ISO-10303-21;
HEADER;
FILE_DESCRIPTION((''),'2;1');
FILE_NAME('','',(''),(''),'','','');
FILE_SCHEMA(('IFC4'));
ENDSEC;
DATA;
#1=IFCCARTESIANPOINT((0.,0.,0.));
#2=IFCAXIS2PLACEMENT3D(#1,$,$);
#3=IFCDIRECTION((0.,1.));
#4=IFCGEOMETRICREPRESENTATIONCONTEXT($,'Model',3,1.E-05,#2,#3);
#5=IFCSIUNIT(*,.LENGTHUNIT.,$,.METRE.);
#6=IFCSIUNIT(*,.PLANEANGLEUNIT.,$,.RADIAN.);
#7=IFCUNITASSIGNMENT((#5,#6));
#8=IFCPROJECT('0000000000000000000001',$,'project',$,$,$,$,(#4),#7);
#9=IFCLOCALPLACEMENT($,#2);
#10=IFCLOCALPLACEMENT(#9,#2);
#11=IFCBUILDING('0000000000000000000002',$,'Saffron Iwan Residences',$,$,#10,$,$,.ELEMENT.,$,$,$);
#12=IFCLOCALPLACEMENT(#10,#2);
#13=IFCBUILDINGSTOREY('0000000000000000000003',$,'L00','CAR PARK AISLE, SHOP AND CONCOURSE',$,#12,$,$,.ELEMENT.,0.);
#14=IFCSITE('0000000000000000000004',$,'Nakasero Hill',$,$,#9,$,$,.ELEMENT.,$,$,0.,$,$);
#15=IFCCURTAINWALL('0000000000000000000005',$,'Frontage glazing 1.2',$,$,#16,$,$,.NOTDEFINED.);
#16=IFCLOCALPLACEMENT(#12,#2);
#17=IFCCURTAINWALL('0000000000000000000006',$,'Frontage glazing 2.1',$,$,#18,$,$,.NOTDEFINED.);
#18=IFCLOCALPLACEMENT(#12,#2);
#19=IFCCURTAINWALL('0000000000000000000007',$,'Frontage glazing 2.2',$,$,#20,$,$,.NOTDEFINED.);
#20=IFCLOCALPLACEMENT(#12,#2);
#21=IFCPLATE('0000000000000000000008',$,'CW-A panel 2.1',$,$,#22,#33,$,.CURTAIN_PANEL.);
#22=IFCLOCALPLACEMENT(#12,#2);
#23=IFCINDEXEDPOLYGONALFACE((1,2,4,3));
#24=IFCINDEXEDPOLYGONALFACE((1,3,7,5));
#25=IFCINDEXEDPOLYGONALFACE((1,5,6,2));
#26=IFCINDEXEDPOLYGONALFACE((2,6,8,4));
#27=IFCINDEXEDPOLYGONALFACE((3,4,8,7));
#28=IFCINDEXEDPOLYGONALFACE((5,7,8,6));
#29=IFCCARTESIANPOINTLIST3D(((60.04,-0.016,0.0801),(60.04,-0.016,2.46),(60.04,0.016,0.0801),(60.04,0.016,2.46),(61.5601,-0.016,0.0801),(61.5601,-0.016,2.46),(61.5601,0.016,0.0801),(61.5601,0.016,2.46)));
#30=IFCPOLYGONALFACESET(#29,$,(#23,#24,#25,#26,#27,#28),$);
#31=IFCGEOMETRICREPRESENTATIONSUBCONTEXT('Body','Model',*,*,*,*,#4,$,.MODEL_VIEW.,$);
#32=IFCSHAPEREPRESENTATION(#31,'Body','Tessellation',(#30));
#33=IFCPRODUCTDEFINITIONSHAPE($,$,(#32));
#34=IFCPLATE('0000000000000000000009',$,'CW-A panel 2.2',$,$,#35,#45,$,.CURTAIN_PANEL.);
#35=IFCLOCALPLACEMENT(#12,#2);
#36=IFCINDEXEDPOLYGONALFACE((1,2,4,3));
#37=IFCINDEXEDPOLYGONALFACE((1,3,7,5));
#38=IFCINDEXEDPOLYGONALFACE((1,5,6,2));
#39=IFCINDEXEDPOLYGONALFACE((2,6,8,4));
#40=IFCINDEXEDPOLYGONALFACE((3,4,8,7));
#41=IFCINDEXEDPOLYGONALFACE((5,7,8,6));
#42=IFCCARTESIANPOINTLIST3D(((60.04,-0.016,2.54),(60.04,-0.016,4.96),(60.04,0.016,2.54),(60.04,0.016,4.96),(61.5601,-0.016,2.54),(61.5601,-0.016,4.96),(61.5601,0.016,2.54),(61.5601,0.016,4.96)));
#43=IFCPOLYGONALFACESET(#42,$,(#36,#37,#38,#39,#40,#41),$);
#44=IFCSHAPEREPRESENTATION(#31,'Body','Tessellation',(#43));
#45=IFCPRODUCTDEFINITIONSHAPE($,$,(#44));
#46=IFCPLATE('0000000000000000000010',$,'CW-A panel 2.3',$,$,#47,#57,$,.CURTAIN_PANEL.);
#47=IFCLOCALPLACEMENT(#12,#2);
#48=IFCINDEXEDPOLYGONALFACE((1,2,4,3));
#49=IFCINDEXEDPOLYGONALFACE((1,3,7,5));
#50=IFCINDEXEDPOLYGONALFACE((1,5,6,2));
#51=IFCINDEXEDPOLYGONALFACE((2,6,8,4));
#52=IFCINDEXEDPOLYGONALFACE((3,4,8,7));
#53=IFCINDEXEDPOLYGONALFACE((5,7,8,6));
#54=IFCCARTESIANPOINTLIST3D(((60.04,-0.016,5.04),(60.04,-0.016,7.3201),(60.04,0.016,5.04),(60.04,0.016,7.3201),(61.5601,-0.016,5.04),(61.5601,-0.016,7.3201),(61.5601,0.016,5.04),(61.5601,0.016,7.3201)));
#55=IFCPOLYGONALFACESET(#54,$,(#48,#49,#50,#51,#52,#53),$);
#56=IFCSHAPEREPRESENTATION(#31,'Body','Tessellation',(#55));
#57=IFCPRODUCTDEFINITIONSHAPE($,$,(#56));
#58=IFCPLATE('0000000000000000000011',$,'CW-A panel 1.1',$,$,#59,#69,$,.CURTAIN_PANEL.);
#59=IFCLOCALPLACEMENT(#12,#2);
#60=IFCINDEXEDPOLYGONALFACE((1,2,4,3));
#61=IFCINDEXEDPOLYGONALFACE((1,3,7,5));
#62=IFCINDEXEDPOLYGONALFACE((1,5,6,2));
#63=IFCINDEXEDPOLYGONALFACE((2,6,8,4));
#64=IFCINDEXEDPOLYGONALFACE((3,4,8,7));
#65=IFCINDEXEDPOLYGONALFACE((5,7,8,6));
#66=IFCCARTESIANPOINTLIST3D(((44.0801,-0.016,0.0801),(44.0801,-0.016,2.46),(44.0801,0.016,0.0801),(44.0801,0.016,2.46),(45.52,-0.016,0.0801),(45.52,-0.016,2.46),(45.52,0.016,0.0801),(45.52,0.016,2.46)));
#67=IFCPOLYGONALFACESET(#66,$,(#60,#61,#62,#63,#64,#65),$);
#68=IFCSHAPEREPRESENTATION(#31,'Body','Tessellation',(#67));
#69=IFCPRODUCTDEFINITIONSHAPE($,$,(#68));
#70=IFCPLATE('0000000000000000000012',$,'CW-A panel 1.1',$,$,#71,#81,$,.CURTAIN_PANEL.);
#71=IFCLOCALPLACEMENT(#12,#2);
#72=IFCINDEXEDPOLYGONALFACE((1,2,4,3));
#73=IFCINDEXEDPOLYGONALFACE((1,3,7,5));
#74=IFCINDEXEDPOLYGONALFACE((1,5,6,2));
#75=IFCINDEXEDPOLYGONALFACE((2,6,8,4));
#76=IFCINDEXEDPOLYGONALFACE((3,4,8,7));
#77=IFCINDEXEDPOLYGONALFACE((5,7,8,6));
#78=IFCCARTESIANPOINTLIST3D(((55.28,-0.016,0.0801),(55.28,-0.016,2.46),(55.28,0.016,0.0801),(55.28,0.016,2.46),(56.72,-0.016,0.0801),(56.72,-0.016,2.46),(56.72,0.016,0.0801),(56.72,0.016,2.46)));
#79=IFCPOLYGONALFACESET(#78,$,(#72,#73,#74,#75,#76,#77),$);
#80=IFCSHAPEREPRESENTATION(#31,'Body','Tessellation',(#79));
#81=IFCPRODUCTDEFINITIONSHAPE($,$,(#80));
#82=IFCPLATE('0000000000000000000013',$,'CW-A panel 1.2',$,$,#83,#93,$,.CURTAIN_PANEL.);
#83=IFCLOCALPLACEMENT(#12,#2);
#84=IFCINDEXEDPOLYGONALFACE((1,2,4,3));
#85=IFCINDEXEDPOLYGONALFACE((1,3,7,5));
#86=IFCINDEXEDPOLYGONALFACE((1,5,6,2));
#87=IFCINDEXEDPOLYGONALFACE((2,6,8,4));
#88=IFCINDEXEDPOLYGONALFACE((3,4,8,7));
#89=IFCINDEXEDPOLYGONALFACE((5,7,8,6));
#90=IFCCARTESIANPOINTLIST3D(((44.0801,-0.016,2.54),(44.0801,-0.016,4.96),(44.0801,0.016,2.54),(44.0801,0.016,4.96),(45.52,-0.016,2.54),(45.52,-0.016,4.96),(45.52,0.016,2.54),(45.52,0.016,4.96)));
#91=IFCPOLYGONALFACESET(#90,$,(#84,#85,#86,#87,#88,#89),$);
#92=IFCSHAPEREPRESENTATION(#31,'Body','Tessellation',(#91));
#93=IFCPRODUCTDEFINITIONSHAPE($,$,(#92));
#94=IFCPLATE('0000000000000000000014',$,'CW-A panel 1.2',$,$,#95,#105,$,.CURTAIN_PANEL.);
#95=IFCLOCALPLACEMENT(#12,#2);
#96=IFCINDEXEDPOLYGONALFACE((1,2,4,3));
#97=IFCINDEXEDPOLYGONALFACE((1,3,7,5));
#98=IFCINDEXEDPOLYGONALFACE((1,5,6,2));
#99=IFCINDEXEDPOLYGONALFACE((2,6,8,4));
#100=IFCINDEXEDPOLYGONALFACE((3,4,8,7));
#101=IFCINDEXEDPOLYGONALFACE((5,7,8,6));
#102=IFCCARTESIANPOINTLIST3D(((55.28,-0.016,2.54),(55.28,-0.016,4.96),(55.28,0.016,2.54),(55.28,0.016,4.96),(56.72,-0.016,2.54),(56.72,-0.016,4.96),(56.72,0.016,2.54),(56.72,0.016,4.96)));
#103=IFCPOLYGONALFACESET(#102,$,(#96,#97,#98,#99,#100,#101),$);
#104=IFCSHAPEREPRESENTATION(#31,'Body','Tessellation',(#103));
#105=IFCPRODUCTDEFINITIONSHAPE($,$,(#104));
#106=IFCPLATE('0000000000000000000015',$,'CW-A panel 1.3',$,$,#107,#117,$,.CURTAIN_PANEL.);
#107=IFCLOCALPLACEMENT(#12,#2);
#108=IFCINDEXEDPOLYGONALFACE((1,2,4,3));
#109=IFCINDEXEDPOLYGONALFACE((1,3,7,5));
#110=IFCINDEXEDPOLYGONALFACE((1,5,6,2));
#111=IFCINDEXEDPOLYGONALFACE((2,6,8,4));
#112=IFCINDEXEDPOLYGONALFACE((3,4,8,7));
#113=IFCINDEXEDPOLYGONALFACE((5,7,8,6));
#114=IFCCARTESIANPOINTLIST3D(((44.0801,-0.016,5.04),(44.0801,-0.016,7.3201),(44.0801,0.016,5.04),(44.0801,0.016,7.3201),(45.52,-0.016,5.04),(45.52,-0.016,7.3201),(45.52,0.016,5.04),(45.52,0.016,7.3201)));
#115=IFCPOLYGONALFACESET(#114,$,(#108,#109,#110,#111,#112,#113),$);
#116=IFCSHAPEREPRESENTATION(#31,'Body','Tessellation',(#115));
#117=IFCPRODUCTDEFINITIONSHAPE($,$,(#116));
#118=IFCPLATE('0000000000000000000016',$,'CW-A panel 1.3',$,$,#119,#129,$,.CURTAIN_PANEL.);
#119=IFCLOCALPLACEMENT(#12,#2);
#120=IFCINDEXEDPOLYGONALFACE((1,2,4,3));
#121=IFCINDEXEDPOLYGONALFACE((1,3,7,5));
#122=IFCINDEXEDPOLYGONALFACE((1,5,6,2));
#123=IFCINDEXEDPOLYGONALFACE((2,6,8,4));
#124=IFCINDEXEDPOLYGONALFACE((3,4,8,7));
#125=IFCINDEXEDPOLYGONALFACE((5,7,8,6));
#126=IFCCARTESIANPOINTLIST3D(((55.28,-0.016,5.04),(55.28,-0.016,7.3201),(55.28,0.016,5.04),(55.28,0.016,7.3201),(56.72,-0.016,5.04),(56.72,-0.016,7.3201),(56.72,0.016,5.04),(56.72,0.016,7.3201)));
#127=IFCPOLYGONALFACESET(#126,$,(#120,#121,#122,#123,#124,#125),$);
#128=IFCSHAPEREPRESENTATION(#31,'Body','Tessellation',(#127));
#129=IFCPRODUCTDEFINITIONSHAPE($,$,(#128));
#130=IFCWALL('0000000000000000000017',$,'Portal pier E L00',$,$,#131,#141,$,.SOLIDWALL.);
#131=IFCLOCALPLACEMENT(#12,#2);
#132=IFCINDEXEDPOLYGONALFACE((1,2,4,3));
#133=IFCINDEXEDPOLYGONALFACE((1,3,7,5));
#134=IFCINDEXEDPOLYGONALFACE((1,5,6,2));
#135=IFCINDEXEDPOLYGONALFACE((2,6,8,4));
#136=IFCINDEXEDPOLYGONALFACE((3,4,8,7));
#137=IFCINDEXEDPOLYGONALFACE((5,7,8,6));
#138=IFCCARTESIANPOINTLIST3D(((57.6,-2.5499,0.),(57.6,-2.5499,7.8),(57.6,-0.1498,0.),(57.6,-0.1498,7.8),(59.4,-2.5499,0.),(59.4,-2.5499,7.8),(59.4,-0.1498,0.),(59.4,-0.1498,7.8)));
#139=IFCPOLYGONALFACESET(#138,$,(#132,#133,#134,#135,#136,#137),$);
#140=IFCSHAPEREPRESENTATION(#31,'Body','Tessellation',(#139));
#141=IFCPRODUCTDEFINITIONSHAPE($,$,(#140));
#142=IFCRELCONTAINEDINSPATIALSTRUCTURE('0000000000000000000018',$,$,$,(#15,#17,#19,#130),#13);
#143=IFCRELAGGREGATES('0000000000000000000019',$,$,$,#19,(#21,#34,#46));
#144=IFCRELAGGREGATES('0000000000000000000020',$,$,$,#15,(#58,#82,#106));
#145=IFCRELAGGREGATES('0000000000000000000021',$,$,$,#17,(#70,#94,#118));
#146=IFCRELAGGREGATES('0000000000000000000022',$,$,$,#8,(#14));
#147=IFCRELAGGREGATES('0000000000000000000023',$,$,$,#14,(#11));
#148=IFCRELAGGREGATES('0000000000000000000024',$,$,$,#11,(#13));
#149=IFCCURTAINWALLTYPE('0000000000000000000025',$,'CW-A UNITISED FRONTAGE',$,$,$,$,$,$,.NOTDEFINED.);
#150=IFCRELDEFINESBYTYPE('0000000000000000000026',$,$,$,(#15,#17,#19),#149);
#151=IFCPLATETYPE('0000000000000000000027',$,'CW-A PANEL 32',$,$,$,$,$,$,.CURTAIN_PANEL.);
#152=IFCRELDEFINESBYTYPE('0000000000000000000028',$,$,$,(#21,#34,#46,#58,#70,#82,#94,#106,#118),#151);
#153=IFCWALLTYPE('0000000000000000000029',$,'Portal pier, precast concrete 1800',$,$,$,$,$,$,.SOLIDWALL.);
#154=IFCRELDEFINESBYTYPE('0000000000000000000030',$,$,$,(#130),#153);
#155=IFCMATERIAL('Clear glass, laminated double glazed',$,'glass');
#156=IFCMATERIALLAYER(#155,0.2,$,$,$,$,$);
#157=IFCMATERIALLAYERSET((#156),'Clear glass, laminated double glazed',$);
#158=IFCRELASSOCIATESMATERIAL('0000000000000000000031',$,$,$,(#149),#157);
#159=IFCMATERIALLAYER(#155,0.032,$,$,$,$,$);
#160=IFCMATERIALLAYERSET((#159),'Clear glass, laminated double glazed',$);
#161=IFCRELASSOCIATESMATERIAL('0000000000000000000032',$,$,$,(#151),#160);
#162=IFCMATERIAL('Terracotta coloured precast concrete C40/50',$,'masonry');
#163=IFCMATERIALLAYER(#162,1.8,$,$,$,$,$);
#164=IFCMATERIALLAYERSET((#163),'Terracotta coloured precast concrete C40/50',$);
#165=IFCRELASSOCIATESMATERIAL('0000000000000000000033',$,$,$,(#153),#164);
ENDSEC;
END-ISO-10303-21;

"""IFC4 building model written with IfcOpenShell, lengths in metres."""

from ifc_helpers import new_model, si_unit, direction, frame, frame_2d, origin, origin_2d, place, context, subcontext, project, spatial, rectangle, extrude, source, transform, mapped, material, layer, layer_set, type_object, element, aggregate, save


model = new_model("IFC4")

# Units and contexts
model_context = context("Model", 3, precision=1e-05, world=origin(), true_north=direction((0.0, 1.0)))
body_context = subcontext(model_context, "Body", "Model", "MODEL_VIEW")
ifc_project = project(units=[si_unit("LENGTHUNIT", "METRE"), si_unit("PLANEANGLEUNIT", "RADIAN")], contexts=[model_context])

# Site, building, storey
site_placement = place(None, origin())
site = spatial("IfcSite", under=ifc_project, at=site_placement, Name="Nakasero Hill", CompositionType="ELEMENT", RefElevation=0.0)
building_placement = place(site_placement, origin())
building = spatial("IfcBuilding", under=site, at=building_placement, Name="Saffron Iwan Residences", CompositionType="ELEMENT")
storey_placement = place(building_placement, origin())
storey = spatial("IfcBuildingStorey", under=building, at=storey_placement, Name="L00", Description="CAR PARK AISLE, SHOP AND CONCOURSE", CompositionType="ELEMENT", Elevation=0.0)

# Curtain wall
ifc_material_1 = material(Name="Clear glass, laminated double glazed", Category="glass")
ifc_layer_1 = layer(ifc_material_1, 0.2)
ifc_layer_set_1 = layer_set([ifc_layer_1], Name="Clear glass, laminated double glazed")
curtain_wall_type = type_object("IfcCurtainWallType", Name="CW-A UNITISED FRONTAGE", PredefinedType="NOTDEFINED", material=ifc_layer_set_1)
curtain_wall_1_placement = place(storey_placement, origin())
curtain_wall_1 = element("IfcCurtainWall", 1, at=curtain_wall_1_placement, inside=storey, type_object=curtain_wall_type, Name="Frontage glazing 1.2", PredefinedType="NOTDEFINED")

# Curtain walls
curtain_wall_2_placement = place(storey_placement, origin())
curtain_wall_2 = element("IfcCurtainWall", 2, at=curtain_wall_2_placement, inside=storey, type_object=curtain_wall_type, Name="Frontage glazing 2.1", PredefinedType="NOTDEFINED")
curtain_wall_3_placement = place(storey_placement, origin())
curtain_wall_3 = element("IfcCurtainWall", 3, at=curtain_wall_3_placement, inside=storey, type_object=curtain_wall_type, Name="Frontage glazing 2.2", PredefinedType="NOTDEFINED")

# Plates
ifc_layer_2 = layer(ifc_material_1, 0.032)
ifc_layer_set_2 = layer_set([ifc_layer_2], Name="Clear glass, laminated double glazed")
plate_type = type_object("IfcPlateType", Name="CW-A PANEL 32", PredefinedType="CURTAIN_PANEL", material=ifc_layer_set_2)
shared_shape_1 = source(origin(), body_context, "Body", "SweptSolid", [
    extrude(rectangle(XDim=1.52, YDim=0.032, at=origin_2d()), origin(), (0.0, 0.0, 1.0), 2.3799),
])
plate_1_placement = place(storey_placement, frame((60.8, 0.0, 0.0801), z_axis=(0.0, 0.0, 1.0), x_axis=(1.0, 0.0, 0.0)))
plate_1 = element("IfcPlate", 4, at=plate_1_placement, type_object=plate_type, Name="CW-A panel 2.1", PredefinedType="CURTAIN_PANEL", context=body_context, shape_type="MappedRepresentation", body=[
    mapped(shared_shape_1, transform((0.0, 0.0, 0.0))),
])
shared_shape_2 = source(origin(), body_context, "Body", "SweptSolid", [
    extrude(rectangle(XDim=1.52, YDim=0.032, at=origin_2d()), origin(), (0.0, 0.0, 1.0), 2.4199),
])
plate_2_placement = place(storey_placement, frame((60.8, 0.0, 2.54), z_axis=(0.0, 0.0, 1.0), x_axis=(1.0, 0.0, 0.0)))
plate_2 = element("IfcPlate", 5, at=plate_2_placement, type_object=plate_type, Name="CW-A panel 2.2", PredefinedType="CURTAIN_PANEL", context=body_context, shape_type="MappedRepresentation", body=[
    mapped(shared_shape_2, transform((0.0, 0.0, 0.0))),
])
shared_shape_3 = source(origin(), body_context, "Body", "SweptSolid", [
    extrude(rectangle(XDim=1.52, YDim=0.032, at=origin_2d()), origin(), (0.0, 0.0, 1.0), 2.28),
])
plate_3_placement = place(storey_placement, frame((60.8, 0.0, 5.04), z_axis=(0.0, 0.0, 1.0), x_axis=(1.0, 0.0, 0.0)))
plate_3 = element("IfcPlate", 6, at=plate_3_placement, type_object=plate_type, Name="CW-A panel 2.3", PredefinedType="CURTAIN_PANEL", context=body_context, shape_type="MappedRepresentation", body=[
    mapped(shared_shape_3, transform((0.0, 0.0, 0.0))),
])
aggregate(curtain_wall_3, [plate_1, plate_2, plate_3])
shared_shape_4 = source(origin(), body_context, "Body", "SweptSolid", [
    extrude(rectangle(XDim=1.4399, YDim=0.032, at=origin_2d()), origin(), (0.0, 0.0, 1.0), 2.3799),
])
plate_4_placement = place(storey_placement, frame((44.8, 0.0, 0.0801), z_axis=(0.0, 0.0, 1.0), x_axis=(1.0, 0.0, 0.0)))
plate_4 = element("IfcPlate", 7, at=plate_4_placement, type_object=plate_type, Name="CW-A panel 1.1", PredefinedType="CURTAIN_PANEL", context=body_context, shape_type="MappedRepresentation", body=[
    mapped(shared_shape_4, transform((0.0, 0.0, 0.0))),
])
plate_5_placement = place(storey_placement, frame((56.0, 0.0, 0.0801), z_axis=(0.0, 0.0, 1.0), x_axis=(1.0, 0.0, 0.0)))
plate_5 = element("IfcPlate", 8, at=plate_5_placement, type_object=plate_type, Name="CW-A panel 1.1", PredefinedType="CURTAIN_PANEL", context=body_context, shape_type="MappedRepresentation", body=[
    mapped(shared_shape_4, transform((0.0, 0.0, 0.0))),
])
shared_shape_5 = source(origin(), body_context, "Body", "SweptSolid", [
    extrude(rectangle(XDim=1.4399, YDim=0.032, at=origin_2d()), origin(), (0.0, 0.0, 1.0), 2.4199),
])
plate_6_placement = place(storey_placement, frame((44.8, 0.0, 2.54), z_axis=(0.0, 0.0, 1.0), x_axis=(1.0, 0.0, 0.0)))
plate_6 = element("IfcPlate", 9, at=plate_6_placement, type_object=plate_type, Name="CW-A panel 1.2", PredefinedType="CURTAIN_PANEL", context=body_context, shape_type="MappedRepresentation", body=[
    mapped(shared_shape_5, transform((0.0, 0.0, 0.0))),
])
plate_7_placement = place(storey_placement, frame((56.0, 0.0, 2.54), z_axis=(0.0, 0.0, 1.0), x_axis=(1.0, 0.0, 0.0)))
plate_7 = element("IfcPlate", 10, at=plate_7_placement, type_object=plate_type, Name="CW-A panel 1.2", PredefinedType="CURTAIN_PANEL", context=body_context, shape_type="MappedRepresentation", body=[
    mapped(shared_shape_5, transform((0.0, 0.0, 0.0))),
])
shared_shape_6 = source(origin(), body_context, "Body", "SweptSolid", [
    extrude(rectangle(XDim=1.4399, YDim=0.032, at=origin_2d()), origin(), (0.0, 0.0, 1.0), 2.28),
])
plate_8_placement = place(storey_placement, frame((44.8, 0.0, 5.04), z_axis=(0.0, 0.0, 1.0), x_axis=(1.0, 0.0, 0.0)))
plate_8 = element("IfcPlate", 11, at=plate_8_placement, type_object=plate_type, Name="CW-A panel 1.3", PredefinedType="CURTAIN_PANEL", context=body_context, shape_type="MappedRepresentation", body=[
    mapped(shared_shape_6, transform((0.0, 0.0, 0.0))),
])
aggregate(curtain_wall_1, [plate_4, plate_6, plate_8])
plate_9_placement = place(storey_placement, frame((56.0, 0.0, 5.04), z_axis=(0.0, 0.0, 1.0), x_axis=(1.0, 0.0, 0.0)))
plate_9 = element("IfcPlate", 12, at=plate_9_placement, type_object=plate_type, Name="CW-A panel 1.3", PredefinedType="CURTAIN_PANEL", context=body_context, shape_type="MappedRepresentation", body=[
    mapped(shared_shape_6, transform((0.0, 0.0, 0.0))),
])
aggregate(curtain_wall_2, [plate_5, plate_7, plate_9])

# Wall
ifc_material_2 = material(Name="Terracotta coloured precast concrete C40/50", Category="masonry")
ifc_layer_3 = layer(ifc_material_2, 1.8)
ifc_layer_set_3 = layer_set([ifc_layer_3], Name="Terracotta coloured precast concrete C40/50")
wall_type = type_object("IfcWallType", Name="Portal pier, precast concrete 1800", PredefinedType="SOLIDWALL", material=ifc_layer_set_3)
wall_placement = place(storey_placement, frame((58.5, -2.55, 0.0), z_axis=(0.0, 0.0, 1.0), x_axis=(0.0, 1.0, 0.0)))
element("IfcWall", 13, at=wall_placement, inside=storey, type_object=wall_type, Name="Portal pier E L00", PredefinedType="SOLIDWALL", context=body_context, shape_type="SweptSolid", body=[
    extrude(rectangle(XDim=2.4001, YDim=1.8, at=frame_2d((1.2002, 0.0))), origin(), (0.0, 0.0, 1.0), 7.8),
])

save(model, "model.ifc")
